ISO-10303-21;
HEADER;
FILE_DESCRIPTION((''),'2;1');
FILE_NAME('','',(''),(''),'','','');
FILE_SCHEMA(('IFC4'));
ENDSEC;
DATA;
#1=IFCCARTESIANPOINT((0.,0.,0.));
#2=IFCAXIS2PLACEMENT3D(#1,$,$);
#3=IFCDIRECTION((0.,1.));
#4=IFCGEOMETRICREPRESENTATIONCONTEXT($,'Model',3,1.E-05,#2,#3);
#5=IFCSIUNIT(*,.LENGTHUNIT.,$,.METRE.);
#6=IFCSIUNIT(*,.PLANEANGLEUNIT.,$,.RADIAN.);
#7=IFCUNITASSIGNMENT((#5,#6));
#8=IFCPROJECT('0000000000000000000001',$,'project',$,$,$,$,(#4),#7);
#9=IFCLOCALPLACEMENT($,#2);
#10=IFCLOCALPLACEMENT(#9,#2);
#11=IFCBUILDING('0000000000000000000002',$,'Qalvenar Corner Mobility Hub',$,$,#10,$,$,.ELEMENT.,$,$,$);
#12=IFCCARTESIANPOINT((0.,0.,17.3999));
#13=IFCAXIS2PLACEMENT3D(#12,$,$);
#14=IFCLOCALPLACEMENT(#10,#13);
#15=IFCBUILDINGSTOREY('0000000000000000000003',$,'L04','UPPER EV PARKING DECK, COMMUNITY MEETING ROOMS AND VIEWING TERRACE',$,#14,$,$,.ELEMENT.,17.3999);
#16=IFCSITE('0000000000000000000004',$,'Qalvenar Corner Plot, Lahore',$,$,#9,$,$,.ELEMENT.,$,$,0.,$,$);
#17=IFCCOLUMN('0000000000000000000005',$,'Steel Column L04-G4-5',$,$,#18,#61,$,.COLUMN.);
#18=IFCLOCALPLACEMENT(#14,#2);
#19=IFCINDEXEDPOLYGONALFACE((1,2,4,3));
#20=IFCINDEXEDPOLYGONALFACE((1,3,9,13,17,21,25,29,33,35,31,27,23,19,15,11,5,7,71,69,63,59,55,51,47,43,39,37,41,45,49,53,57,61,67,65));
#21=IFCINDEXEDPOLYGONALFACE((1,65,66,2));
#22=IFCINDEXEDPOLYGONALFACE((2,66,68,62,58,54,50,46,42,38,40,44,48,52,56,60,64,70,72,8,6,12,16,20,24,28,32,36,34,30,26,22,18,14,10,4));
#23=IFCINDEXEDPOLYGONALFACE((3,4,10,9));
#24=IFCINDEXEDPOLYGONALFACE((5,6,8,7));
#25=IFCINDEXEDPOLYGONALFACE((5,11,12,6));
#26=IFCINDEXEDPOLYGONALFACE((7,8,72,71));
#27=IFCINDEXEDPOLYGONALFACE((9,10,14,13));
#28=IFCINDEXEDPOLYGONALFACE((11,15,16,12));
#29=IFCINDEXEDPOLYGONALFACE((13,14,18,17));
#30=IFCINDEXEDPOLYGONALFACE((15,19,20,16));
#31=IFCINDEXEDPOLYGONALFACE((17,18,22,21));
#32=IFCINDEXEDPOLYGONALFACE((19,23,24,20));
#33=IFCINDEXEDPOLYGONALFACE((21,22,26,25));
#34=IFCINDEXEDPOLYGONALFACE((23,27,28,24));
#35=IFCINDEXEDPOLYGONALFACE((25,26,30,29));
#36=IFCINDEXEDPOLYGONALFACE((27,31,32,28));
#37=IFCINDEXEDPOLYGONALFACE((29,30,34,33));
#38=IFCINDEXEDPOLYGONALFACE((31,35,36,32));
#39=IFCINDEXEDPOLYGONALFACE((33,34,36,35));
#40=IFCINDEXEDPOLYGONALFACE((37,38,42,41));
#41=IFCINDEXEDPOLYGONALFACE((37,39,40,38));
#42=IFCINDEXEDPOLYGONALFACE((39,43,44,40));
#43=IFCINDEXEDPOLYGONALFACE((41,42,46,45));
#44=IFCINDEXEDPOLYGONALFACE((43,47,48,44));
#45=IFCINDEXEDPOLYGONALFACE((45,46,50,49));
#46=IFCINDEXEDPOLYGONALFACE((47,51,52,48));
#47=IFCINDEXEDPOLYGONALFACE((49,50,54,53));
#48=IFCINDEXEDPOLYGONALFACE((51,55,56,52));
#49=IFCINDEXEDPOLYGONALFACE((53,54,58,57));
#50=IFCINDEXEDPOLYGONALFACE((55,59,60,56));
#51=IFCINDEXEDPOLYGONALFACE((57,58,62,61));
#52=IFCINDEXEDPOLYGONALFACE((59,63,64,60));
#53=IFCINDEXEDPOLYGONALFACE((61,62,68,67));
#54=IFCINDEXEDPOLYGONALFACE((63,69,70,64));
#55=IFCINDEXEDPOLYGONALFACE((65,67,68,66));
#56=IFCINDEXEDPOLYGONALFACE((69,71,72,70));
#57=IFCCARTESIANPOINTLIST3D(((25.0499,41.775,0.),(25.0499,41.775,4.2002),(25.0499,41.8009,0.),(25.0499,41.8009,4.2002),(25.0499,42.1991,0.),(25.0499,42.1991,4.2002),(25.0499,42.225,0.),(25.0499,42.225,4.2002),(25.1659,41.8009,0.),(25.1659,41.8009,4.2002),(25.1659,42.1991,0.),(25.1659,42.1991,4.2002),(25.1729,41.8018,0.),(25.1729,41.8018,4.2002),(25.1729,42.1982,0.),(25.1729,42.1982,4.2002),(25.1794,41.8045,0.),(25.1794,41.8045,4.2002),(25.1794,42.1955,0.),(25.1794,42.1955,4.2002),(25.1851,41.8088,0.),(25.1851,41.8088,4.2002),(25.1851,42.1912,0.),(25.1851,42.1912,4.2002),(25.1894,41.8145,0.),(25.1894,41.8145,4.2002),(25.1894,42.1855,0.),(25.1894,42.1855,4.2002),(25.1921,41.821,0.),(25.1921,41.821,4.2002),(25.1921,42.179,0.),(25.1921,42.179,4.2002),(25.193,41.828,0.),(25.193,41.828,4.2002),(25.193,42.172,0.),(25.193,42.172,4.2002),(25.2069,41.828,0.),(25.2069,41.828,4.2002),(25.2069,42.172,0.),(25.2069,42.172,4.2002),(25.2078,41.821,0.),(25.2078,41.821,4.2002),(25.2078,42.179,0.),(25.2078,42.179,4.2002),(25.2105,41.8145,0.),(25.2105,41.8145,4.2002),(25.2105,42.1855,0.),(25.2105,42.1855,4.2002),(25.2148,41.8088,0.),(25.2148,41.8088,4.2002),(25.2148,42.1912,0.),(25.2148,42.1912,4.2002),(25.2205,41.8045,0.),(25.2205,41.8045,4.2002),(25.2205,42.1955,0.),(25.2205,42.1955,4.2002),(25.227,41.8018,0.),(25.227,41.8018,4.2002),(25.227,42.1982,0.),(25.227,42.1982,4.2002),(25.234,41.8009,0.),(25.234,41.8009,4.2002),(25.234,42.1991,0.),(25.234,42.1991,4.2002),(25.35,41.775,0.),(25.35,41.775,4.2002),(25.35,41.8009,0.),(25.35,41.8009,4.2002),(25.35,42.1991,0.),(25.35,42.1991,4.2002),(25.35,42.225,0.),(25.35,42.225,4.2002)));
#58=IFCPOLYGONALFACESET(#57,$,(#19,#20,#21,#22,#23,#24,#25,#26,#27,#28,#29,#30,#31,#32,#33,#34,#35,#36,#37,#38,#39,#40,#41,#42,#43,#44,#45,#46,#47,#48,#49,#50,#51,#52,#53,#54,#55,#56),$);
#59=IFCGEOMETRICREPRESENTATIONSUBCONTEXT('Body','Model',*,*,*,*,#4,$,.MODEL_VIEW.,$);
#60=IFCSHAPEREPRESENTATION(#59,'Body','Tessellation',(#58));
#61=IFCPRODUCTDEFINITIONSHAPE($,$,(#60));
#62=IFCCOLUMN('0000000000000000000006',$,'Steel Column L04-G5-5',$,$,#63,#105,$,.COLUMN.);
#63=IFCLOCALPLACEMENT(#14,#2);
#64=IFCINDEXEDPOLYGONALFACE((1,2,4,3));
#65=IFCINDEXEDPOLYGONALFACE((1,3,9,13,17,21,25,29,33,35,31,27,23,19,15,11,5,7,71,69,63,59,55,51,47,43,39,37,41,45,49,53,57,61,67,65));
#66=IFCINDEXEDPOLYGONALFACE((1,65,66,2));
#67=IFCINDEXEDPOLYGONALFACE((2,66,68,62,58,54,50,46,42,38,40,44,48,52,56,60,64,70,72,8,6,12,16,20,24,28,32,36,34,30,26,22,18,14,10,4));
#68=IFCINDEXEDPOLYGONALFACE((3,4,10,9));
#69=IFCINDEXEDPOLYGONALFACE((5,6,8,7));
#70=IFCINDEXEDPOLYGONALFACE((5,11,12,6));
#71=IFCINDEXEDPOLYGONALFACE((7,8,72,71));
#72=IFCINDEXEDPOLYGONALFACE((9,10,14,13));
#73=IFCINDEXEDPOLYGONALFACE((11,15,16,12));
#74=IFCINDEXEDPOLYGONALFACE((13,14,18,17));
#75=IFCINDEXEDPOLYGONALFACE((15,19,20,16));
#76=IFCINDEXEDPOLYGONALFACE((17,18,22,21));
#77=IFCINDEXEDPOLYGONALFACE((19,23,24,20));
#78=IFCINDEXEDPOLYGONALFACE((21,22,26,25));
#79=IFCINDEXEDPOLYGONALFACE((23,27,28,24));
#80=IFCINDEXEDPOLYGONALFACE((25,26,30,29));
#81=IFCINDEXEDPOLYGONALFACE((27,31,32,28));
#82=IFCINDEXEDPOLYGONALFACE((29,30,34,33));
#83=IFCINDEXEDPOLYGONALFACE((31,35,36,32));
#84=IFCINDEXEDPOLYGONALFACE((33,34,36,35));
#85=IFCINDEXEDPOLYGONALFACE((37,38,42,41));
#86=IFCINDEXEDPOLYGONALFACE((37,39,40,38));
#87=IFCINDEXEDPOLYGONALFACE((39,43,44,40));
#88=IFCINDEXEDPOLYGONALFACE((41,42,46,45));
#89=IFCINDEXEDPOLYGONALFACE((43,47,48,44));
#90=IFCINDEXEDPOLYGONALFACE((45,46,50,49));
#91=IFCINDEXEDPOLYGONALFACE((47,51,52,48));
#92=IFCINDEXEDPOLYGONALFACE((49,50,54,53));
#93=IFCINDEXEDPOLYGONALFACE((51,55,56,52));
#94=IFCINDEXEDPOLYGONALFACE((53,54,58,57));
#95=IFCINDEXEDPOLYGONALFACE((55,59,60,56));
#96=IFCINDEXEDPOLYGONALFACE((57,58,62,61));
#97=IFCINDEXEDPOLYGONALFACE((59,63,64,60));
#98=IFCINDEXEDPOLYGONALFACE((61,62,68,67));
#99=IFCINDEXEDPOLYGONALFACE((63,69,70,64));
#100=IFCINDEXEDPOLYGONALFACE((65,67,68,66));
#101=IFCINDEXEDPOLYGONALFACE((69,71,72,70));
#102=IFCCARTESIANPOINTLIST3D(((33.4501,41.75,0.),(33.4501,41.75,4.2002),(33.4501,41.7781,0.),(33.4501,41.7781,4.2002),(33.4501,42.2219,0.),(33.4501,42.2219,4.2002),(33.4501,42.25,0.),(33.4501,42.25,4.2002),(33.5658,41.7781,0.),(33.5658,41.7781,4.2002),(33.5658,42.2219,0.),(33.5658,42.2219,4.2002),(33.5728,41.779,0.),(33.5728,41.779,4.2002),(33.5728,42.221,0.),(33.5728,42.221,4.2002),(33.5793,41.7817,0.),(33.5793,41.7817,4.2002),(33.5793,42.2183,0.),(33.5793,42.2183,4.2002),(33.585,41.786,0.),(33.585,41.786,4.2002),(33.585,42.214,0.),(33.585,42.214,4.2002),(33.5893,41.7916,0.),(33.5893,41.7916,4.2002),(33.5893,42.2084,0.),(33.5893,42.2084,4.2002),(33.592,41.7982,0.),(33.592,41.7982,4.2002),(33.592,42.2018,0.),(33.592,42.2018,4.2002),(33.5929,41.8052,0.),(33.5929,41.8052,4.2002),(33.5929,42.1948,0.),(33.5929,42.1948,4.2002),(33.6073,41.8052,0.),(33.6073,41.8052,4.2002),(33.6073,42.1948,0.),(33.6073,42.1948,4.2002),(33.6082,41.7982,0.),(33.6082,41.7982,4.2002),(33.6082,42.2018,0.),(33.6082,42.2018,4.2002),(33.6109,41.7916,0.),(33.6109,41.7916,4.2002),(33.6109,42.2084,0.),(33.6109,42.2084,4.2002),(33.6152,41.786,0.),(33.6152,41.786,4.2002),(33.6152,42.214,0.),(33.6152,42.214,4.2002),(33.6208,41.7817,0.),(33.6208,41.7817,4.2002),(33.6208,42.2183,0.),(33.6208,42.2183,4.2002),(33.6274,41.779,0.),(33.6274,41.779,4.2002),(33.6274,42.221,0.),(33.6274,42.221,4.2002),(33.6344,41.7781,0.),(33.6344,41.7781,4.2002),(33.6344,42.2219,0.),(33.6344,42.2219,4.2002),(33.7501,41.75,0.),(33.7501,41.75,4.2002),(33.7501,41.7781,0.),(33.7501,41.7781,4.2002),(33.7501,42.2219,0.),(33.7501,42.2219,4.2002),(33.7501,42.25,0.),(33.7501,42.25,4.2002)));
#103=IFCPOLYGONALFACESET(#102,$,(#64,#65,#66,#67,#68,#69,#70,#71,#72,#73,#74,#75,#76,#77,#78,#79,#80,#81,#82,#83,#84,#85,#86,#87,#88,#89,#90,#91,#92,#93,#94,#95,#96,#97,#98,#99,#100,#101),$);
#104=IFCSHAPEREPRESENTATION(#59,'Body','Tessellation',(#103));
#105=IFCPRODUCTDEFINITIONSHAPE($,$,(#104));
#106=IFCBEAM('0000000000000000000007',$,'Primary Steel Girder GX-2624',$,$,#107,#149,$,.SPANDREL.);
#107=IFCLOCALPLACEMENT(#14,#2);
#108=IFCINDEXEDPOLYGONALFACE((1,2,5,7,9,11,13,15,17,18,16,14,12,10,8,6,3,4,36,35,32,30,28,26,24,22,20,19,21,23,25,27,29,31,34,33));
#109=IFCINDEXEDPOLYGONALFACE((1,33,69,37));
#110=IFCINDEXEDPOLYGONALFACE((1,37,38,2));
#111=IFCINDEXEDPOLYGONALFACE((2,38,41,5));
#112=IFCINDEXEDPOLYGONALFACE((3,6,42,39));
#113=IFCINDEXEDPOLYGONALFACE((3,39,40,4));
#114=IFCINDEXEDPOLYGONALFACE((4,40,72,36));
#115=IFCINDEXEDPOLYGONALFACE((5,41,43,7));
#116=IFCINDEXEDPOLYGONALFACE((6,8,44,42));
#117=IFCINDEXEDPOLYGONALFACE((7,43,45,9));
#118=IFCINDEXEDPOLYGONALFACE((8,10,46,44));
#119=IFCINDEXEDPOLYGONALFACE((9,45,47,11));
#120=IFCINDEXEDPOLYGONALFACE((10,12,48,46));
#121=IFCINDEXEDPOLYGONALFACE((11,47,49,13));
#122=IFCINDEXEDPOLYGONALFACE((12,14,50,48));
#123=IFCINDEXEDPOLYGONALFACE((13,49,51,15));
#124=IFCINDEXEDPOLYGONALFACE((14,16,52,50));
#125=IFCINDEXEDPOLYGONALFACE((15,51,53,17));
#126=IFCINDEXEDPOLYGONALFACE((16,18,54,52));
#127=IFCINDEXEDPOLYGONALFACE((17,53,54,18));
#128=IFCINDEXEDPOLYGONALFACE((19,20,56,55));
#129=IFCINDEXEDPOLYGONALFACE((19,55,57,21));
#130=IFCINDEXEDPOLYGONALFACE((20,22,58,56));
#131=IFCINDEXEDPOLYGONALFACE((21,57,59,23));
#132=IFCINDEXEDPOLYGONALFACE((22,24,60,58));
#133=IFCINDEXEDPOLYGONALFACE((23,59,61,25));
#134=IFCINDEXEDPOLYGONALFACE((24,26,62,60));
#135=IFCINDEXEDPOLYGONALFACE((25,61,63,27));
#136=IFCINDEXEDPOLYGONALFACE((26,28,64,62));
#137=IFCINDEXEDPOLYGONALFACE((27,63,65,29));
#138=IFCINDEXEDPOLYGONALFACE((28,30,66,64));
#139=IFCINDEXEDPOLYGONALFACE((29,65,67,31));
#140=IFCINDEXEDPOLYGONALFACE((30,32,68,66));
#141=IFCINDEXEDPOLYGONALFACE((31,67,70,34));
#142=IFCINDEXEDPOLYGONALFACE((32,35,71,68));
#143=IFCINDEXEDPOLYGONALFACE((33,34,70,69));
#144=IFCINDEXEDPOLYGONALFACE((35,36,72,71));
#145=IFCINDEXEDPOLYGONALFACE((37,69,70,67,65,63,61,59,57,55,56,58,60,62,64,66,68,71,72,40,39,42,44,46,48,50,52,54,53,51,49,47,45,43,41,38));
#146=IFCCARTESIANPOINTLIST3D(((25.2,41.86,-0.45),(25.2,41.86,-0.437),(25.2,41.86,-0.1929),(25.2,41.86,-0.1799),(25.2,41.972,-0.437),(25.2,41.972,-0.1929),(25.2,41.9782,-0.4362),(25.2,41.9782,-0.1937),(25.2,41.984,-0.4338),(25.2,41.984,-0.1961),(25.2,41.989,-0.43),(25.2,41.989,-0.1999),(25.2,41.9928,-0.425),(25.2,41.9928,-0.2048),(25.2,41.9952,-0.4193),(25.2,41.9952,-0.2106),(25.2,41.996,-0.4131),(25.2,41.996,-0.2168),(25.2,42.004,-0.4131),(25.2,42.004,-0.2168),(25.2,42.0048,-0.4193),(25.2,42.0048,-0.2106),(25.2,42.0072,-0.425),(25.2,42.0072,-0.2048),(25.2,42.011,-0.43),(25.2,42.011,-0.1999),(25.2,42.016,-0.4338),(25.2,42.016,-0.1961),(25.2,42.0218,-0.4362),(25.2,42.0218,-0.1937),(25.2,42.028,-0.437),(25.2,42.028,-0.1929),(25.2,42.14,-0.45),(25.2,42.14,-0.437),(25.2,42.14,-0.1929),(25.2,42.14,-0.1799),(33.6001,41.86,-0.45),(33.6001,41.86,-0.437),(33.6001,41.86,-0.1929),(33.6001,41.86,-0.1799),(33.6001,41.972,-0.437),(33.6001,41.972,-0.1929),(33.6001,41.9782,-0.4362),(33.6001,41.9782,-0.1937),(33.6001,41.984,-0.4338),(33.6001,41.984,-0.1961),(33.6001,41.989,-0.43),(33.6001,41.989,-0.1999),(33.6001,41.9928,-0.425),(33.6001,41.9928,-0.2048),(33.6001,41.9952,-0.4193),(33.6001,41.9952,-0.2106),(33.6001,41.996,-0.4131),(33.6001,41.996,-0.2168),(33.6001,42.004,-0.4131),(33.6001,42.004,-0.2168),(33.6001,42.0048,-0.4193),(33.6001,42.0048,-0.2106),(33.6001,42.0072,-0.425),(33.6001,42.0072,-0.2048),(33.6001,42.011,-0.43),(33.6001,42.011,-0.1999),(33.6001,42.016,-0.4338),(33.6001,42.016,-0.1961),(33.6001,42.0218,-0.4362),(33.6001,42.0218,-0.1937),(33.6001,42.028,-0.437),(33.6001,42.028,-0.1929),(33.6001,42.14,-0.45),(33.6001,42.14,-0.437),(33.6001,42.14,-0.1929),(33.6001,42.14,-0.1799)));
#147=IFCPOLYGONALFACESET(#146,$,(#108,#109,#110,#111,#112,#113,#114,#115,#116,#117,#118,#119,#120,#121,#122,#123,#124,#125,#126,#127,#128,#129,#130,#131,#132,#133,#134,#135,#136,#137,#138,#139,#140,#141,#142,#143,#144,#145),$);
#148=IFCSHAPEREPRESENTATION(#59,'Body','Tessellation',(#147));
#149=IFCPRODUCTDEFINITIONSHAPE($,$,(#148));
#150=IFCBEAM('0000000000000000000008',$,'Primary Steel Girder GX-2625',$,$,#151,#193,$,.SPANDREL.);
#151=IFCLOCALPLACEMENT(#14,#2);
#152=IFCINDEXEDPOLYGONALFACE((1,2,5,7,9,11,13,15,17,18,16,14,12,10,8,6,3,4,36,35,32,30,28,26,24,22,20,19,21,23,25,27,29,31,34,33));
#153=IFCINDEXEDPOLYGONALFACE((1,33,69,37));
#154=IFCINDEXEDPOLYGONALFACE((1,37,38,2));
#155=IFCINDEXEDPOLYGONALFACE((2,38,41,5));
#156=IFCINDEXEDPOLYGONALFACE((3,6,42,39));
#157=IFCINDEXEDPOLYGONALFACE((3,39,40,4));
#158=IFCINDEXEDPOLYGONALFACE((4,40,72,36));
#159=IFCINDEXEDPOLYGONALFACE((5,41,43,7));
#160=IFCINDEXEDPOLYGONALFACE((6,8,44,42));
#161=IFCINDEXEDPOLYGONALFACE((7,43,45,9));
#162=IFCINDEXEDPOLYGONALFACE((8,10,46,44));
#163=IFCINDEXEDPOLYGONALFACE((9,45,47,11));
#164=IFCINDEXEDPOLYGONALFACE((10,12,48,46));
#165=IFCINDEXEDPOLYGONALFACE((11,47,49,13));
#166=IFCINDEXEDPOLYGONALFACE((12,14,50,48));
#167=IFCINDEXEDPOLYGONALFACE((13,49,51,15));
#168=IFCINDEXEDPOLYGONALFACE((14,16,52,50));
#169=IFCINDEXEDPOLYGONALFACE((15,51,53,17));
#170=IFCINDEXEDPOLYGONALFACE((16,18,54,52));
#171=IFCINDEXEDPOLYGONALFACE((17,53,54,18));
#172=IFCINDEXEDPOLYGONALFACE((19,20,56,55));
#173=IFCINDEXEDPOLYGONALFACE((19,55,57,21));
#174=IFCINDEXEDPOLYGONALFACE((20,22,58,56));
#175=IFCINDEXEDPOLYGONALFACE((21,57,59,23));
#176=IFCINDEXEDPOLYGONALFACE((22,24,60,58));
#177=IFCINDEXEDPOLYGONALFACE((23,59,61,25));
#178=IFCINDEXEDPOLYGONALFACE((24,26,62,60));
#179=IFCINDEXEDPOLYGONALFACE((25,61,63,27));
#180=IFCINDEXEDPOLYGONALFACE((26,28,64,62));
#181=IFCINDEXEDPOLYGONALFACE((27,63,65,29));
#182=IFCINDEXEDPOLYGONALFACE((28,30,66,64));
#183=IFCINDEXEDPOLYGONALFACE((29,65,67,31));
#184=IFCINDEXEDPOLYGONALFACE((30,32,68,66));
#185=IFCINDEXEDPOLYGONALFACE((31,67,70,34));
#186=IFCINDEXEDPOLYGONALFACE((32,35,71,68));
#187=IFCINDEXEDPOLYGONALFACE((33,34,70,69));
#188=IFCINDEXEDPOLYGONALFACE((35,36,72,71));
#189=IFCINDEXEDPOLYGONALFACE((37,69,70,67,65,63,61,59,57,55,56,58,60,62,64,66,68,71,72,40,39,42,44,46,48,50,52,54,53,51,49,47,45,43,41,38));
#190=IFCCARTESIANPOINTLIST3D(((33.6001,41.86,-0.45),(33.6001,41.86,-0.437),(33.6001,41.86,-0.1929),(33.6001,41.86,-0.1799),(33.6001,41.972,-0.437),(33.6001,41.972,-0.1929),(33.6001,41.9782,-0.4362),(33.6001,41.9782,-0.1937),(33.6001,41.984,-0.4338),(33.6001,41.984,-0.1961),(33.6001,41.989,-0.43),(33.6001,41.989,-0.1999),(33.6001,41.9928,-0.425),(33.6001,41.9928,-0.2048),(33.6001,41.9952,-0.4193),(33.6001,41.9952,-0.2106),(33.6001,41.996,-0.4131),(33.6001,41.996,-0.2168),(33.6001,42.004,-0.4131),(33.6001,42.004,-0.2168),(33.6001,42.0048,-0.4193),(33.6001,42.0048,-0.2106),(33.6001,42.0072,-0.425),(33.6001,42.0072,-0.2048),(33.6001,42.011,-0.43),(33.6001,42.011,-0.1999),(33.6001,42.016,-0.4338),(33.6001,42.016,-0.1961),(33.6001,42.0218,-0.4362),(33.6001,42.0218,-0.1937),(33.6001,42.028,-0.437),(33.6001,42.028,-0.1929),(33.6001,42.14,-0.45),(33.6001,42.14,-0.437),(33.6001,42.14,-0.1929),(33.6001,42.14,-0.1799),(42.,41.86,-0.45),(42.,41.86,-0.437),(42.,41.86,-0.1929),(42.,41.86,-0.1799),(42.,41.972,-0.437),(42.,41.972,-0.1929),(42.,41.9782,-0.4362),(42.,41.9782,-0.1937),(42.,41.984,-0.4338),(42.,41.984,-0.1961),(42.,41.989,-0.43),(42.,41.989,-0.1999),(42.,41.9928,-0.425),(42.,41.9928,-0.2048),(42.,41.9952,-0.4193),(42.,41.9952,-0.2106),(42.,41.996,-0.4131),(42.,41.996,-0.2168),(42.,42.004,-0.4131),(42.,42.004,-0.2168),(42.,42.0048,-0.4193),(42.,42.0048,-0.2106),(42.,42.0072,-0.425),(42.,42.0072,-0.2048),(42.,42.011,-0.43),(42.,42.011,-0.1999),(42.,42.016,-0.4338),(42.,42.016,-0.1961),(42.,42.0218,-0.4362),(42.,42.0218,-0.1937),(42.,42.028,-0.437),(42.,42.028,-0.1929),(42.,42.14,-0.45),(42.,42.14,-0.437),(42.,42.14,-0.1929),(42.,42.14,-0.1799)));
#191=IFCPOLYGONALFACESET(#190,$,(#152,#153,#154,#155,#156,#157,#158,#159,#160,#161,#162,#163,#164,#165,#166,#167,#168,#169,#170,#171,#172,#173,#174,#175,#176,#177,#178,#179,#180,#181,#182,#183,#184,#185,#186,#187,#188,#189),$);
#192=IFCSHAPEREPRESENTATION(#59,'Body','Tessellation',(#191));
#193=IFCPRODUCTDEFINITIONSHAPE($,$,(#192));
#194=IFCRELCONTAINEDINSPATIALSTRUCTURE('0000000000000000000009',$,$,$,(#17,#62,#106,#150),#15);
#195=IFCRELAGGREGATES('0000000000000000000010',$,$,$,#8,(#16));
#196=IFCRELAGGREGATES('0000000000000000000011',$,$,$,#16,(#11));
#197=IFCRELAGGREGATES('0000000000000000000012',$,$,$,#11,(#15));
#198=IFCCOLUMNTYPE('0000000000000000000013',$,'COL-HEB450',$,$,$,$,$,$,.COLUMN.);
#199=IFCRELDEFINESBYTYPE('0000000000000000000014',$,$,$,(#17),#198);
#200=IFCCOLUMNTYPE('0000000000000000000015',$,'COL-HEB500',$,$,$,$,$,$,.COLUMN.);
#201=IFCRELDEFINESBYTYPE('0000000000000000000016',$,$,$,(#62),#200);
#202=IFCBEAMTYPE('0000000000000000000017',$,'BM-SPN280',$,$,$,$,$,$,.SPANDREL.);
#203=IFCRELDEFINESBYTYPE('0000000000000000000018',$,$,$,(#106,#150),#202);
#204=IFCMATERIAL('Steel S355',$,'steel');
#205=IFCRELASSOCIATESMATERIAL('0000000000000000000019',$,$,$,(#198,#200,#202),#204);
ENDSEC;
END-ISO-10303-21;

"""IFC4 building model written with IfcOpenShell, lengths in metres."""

from ifc_helpers import new_model, si_unit, direction, frame, origin, origin_2d, place, context, subcontext, project, spatial, i_section, extrude, material, material_profile, profile_set, type_object, element, save


model = new_model("IFC4")

# Units and contexts
model_context = context("Model", 3, precision=1e-05, world=origin(), true_north=direction((0.0, 1.0)))
body_context = subcontext(model_context, "Body", "Model", "MODEL_VIEW")
ifc_project = project(units=[si_unit("LENGTHUNIT", "METRE"), si_unit("PLANEANGLEUNIT", "RADIAN")], contexts=[model_context])

# Site, building, storey
site_placement = place(None, origin())
site = spatial("IfcSite", under=ifc_project, at=site_placement, Name="Qalvenar Corner Plot, Lahore", CompositionType="ELEMENT", RefElevation=0.0)
building_placement = place(site_placement, origin())
building = spatial("IfcBuilding", under=site, at=building_placement, Name="Qalvenar Corner Mobility Hub", CompositionType="ELEMENT")
storey_placement = place(building_placement, frame((0.0, 0.0, 17.3999)))
storey = spatial("IfcBuildingStorey", under=building, at=storey_placement, Name="L04", Description="UPPER EV PARKING DECK, COMMUNITY MEETING ROOMS AND VIEWING TERRACE", CompositionType="ELEMENT", Elevation=17.3999)

# Columns
ifc_material_1 = material(Name="Steel S355", Category="steel")
ifc_material_profile_1 = material_profile(ifc_material_1, i_section(OverallWidth=0.3, OverallDepth=0.45, WebThickness=0.0139, FlangeThickness=0.0259, FilletRadius=0.0271, at=origin_2d()), Name="HEB450")
ifc_profile_set_1 = profile_set([ifc_material_profile_1], Name="Steel S355")
column_type_1 = type_object("IfcColumnType", Name="COL-HEB450", PredefinedType="COLUMN", material=ifc_profile_set_1)
column_1_placement = place(storey_placement, frame((25.2, 42.0, 0.0), z_axis=(0.0, 0.0, 1.0), x_axis=(1.0, 0.0, 0.0)))
element("IfcColumn", 1, at=column_1_placement, inside=storey, type_object=column_type_1, Name="Steel Column L04-G4-5", PredefinedType="COLUMN", context=body_context, shape_type="SweptSolid", body=[
    extrude(i_section(OverallWidth=0.3, OverallDepth=0.45, WebThickness=0.0139, FlangeThickness=0.0259, FilletRadius=0.0271, at=origin_2d()), origin(), (0.0, 0.0, 1.0), 4.2002),
])
ifc_material_profile_2 = material_profile(ifc_material_1, i_section(OverallWidth=0.3, OverallDepth=0.5, WebThickness=0.0144, FlangeThickness=0.0281, FilletRadius=0.0271, at=origin_2d()), Name="HEB500")
ifc_profile_set_2 = profile_set([ifc_material_profile_2], Name="Steel S355")
column_type_2 = type_object("IfcColumnType", Name="COL-HEB500", PredefinedType="COLUMN", material=ifc_profile_set_2)
column_2_placement = place(storey_placement, frame((33.6001, 42.0, 0.0), z_axis=(0.0, 0.0, 1.0), x_axis=(1.0, 0.0, 0.0)))
element("IfcColumn", 2, at=column_2_placement, inside=storey, type_object=column_type_2, Name="Steel Column L04-G5-5", PredefinedType="COLUMN", context=body_context, shape_type="SweptSolid", body=[
    extrude(i_section(OverallWidth=0.3, OverallDepth=0.5, WebThickness=0.0144, FlangeThickness=0.0281, FilletRadius=0.0271, at=origin_2d()), origin(), (0.0, 0.0, 1.0), 4.2002),
])

# Beams
ifc_material_profile_3 = material_profile(ifc_material_1, i_section(OverallWidth=0.28, OverallDepth=0.27, WebThickness=0.0081, FlangeThickness=0.0129, FilletRadius=0.0239, at=origin_2d()), Name="HEA280")
ifc_profile_set_3 = profile_set([ifc_material_profile_3], Name="Steel S355")
beam_type = type_object("IfcBeamType", Name="BM-SPN280", PredefinedType="SPANDREL", material=ifc_profile_set_3)
beam_1_placement = place(storey_placement, frame((25.2, 42.0, -0.3149), z_axis=(1.0, 0.0, 0.0), x_axis=(0.0, 1.0, 0.0)))
element("IfcBeam", 3, at=beam_1_placement, inside=storey, type_object=beam_type, Name="Primary Steel Girder GX-2624", PredefinedType="SPANDREL", context=body_context, shape_type="SweptSolid", body=[
    extrude(i_section(OverallWidth=0.28, OverallDepth=0.27, WebThickness=0.0081, FlangeThickness=0.0129, FilletRadius=0.0239, at=origin_2d()), origin(), (0.0, 0.0, 1.0), 8.4001),
])
beam_2_placement = place(storey_placement, frame((33.6001, 42.0, -0.3149), z_axis=(1.0, 0.0, 0.0), x_axis=(0.0, 1.0, 0.0)))
element("IfcBeam", 4, at=beam_2_placement, inside=storey, type_object=beam_type, Name="Primary Steel Girder GX-2625", PredefinedType="SPANDREL", context=body_context, shape_type="SweptSolid", body=[
    extrude(i_section(OverallWidth=0.28, OverallDepth=0.27, WebThickness=0.0081, FlangeThickness=0.0129, FilletRadius=0.0239, at=origin_2d()), origin(), (0.0, 0.0, 1.0), 8.3999),
])

save(model, "model.ifc")
